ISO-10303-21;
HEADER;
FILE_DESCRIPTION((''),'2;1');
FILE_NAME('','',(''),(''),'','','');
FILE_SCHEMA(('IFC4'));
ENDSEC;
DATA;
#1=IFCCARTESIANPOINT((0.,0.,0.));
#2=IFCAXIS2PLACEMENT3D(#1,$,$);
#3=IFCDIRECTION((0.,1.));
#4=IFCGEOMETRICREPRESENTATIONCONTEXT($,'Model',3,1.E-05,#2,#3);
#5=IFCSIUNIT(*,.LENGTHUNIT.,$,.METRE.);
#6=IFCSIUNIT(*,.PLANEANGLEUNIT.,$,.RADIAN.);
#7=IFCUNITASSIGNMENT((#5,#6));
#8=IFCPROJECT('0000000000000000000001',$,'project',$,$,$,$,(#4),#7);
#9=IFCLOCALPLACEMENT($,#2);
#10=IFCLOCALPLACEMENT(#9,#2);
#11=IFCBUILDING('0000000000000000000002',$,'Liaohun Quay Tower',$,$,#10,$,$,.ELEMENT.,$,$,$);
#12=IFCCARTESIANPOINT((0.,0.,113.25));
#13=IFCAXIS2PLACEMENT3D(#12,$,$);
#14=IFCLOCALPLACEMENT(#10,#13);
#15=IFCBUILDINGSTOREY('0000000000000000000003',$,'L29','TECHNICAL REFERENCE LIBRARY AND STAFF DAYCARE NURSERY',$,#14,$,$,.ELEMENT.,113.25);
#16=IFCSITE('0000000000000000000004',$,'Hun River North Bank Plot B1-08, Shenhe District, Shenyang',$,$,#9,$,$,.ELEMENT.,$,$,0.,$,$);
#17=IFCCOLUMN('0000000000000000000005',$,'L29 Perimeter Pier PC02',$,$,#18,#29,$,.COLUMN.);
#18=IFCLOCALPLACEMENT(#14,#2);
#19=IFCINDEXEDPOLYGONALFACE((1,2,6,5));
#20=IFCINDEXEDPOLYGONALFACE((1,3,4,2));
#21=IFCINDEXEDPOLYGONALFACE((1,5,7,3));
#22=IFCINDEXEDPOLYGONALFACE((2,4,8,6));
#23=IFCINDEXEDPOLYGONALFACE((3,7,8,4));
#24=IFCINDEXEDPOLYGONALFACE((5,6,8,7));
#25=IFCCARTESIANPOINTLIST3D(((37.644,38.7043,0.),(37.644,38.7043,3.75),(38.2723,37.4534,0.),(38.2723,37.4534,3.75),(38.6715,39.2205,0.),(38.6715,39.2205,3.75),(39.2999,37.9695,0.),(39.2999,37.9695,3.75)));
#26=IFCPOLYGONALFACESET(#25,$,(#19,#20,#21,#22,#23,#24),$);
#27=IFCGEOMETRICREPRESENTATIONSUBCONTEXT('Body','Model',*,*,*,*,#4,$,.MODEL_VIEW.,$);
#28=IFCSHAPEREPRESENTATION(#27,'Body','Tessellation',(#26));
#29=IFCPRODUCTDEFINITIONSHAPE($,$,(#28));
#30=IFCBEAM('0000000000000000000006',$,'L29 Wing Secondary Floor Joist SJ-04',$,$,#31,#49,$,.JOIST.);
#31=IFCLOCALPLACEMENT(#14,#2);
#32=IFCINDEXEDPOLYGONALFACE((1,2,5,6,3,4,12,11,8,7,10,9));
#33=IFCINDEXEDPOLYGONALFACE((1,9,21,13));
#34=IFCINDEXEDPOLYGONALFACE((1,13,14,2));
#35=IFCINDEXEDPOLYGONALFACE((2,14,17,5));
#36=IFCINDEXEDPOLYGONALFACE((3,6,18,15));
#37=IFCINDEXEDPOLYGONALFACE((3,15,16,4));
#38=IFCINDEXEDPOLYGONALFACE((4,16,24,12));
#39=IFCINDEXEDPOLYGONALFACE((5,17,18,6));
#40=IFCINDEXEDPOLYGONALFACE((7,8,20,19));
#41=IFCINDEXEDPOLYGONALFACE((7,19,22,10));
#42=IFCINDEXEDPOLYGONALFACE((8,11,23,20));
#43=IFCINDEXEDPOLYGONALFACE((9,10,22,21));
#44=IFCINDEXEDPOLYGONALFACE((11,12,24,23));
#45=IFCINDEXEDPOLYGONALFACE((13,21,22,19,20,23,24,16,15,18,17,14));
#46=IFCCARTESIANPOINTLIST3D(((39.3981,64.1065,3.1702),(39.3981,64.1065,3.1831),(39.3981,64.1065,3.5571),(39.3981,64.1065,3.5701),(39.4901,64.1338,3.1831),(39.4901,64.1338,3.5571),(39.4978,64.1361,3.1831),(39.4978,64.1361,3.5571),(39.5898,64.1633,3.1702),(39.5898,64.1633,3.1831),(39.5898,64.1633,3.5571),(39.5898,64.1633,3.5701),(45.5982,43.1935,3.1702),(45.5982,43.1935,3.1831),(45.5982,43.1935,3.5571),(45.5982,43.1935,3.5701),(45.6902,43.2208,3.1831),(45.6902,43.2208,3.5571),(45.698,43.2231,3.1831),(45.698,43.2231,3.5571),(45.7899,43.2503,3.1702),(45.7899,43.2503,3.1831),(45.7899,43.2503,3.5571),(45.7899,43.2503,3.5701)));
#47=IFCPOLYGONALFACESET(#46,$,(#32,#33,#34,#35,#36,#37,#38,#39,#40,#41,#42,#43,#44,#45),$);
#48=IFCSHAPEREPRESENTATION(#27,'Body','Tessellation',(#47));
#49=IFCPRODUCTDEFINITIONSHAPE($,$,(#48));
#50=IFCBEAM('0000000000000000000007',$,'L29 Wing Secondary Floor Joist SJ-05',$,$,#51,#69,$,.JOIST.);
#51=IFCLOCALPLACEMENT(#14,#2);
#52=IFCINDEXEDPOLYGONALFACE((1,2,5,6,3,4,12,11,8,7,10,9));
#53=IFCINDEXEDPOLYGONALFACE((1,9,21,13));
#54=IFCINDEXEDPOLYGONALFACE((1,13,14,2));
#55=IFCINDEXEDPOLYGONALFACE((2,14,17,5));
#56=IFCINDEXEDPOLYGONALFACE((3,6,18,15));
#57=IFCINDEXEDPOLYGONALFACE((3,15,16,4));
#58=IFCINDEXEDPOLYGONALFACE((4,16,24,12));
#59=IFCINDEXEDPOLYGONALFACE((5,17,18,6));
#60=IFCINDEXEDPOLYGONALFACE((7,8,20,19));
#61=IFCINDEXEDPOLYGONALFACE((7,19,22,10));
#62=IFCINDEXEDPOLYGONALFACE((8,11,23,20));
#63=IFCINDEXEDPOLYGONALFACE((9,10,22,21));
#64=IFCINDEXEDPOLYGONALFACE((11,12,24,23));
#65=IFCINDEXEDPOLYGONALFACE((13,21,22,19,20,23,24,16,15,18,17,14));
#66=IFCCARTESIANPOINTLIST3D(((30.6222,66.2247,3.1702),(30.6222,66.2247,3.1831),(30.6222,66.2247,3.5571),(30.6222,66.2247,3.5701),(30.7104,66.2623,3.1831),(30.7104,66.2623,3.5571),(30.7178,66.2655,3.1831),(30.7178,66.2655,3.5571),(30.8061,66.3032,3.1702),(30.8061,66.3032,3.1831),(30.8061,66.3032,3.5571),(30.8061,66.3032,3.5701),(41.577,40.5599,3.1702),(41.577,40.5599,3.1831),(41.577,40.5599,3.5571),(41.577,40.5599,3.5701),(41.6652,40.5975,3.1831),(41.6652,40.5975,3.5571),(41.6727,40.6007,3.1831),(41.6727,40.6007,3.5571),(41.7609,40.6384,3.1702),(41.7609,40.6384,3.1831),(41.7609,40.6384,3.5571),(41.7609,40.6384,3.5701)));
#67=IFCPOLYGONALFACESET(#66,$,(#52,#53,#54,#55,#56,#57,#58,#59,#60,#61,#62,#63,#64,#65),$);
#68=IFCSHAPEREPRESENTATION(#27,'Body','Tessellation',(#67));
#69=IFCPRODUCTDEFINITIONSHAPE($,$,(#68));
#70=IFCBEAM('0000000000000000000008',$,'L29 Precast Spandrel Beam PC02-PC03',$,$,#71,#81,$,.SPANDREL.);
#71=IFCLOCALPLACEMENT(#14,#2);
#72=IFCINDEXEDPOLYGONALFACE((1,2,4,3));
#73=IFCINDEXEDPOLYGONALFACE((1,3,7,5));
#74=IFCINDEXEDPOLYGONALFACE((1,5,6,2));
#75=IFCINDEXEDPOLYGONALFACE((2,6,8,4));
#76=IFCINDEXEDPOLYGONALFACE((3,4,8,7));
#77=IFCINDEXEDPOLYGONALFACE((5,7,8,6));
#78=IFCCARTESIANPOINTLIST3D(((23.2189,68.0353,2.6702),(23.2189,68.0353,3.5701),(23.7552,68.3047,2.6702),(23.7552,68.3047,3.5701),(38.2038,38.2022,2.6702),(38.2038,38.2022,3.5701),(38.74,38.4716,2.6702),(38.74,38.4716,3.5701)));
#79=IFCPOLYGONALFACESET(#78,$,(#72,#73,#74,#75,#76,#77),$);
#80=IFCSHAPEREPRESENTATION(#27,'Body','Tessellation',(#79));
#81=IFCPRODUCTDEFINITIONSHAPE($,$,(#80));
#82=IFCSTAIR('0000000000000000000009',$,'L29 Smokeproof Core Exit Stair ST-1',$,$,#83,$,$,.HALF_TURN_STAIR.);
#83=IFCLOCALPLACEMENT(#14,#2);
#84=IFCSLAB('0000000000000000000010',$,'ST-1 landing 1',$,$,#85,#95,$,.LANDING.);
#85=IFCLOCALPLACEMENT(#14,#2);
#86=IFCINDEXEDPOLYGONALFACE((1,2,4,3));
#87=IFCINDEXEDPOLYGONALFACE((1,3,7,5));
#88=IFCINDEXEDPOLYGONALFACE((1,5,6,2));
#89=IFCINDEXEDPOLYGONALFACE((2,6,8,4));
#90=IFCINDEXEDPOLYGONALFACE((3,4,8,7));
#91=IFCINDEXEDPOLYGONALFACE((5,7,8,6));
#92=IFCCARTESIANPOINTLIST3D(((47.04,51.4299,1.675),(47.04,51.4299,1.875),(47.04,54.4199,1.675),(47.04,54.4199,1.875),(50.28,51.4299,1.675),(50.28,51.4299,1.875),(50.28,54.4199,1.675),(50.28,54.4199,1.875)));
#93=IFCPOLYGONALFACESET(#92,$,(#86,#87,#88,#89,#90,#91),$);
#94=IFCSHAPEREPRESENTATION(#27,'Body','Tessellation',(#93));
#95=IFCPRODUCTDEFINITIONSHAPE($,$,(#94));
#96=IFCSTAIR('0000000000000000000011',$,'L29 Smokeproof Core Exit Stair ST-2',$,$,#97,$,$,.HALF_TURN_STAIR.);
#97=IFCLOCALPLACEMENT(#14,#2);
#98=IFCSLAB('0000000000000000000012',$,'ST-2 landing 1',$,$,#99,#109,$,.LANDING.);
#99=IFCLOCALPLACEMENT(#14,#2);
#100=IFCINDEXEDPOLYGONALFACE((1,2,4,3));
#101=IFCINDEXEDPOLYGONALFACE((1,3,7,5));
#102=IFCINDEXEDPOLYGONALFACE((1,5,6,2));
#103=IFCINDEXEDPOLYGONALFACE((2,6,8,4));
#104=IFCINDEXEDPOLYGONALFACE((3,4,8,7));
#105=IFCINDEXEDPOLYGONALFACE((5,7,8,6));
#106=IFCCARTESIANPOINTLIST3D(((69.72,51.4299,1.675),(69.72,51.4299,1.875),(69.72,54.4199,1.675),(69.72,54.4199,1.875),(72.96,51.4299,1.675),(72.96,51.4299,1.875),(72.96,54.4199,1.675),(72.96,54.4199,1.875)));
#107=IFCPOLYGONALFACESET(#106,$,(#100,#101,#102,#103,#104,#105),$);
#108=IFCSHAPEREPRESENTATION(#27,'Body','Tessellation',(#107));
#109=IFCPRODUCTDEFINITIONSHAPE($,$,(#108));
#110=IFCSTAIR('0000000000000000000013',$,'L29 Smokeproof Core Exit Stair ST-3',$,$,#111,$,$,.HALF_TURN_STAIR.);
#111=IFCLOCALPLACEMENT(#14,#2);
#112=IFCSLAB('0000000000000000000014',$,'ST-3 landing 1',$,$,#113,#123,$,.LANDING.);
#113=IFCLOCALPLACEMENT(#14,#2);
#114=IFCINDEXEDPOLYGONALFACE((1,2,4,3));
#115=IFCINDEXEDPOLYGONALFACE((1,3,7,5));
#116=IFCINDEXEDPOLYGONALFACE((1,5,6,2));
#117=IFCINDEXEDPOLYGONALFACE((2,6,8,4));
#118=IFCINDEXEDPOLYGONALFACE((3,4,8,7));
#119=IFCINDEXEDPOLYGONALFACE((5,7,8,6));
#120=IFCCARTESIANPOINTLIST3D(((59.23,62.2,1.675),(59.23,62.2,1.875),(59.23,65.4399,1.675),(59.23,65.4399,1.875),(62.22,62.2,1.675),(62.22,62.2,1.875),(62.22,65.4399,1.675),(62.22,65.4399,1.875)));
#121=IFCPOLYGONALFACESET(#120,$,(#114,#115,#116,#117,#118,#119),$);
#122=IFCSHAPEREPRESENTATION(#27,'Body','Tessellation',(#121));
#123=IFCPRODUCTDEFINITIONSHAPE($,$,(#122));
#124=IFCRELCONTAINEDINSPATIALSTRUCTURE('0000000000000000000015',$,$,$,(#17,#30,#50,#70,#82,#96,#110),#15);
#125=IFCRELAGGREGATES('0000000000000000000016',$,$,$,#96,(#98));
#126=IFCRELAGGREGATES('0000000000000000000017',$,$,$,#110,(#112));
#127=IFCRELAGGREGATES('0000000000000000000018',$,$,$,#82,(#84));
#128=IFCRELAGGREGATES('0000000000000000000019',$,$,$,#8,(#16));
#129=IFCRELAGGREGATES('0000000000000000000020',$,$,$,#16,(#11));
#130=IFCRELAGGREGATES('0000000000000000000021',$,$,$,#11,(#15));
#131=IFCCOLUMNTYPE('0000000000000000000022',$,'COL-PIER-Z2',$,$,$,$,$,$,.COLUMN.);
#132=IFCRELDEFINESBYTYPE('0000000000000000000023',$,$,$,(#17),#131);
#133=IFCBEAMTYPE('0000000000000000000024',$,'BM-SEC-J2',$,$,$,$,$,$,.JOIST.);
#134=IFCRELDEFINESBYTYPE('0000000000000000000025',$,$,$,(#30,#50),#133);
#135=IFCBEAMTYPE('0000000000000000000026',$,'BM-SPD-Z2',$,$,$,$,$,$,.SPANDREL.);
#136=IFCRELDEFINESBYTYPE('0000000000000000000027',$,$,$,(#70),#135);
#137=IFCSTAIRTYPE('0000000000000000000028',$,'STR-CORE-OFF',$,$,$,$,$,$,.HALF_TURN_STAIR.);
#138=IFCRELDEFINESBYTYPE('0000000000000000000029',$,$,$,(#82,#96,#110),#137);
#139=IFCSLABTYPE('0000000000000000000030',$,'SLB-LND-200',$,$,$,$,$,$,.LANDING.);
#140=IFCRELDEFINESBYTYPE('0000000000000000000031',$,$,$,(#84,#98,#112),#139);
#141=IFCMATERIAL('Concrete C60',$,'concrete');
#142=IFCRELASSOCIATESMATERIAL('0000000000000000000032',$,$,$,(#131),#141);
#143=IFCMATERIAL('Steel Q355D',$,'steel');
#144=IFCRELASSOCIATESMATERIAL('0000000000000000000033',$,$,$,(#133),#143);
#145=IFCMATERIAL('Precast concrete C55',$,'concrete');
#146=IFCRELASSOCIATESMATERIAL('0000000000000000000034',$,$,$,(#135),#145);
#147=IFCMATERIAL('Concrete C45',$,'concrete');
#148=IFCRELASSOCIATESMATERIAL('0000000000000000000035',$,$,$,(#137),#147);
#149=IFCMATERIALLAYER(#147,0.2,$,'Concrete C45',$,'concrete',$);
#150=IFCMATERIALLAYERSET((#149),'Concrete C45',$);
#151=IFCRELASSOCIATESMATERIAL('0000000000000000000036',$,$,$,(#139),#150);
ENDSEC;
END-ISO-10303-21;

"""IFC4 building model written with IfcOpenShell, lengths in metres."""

from ifc_helpers import new_model, si_unit, direction, frame, origin, origin_2d, place, context, subcontext, project, spatial, polyline, rectangle, i_section, outline, extrude, source, transform, mapped, material, layer, layer_set, material_profile, profile_set, type_object, element, aggregate, save


model = new_model("IFC4")

# Units and contexts
model_context = context("Model", 3, precision=1e-05, world=origin(), true_north=direction((0.0, 1.0)))
body_context = subcontext(model_context, "Body", "Model", "MODEL_VIEW")
ifc_project = project(units=[si_unit("LENGTHUNIT", "METRE"), si_unit("PLANEANGLEUNIT", "RADIAN")], contexts=[model_context])

# Site, building, storey
site_placement = place(None, origin())
site = spatial("IfcSite", under=ifc_project, at=site_placement, Name="Hun River North Bank Plot B1-08, Shenhe District, Shenyang", CompositionType="ELEMENT", RefElevation=0.0)
building_placement = place(site_placement, origin())
building = spatial("IfcBuilding", under=site, at=building_placement, Name="Liaohun Quay Tower", CompositionType="ELEMENT")
storey_placement = place(building_placement, frame((0.0, 0.0, 113.25)))
storey = spatial("IfcBuildingStorey", under=building, at=storey_placement, Name="L29", Description="TECHNICAL REFERENCE LIBRARY AND STAFF DAYCARE NURSERY", CompositionType="ELEMENT", Elevation=113.25)

# Column
ifc_material_1 = material(Name="Concrete C60", Category="concrete")
ifc_material_profile_1 = material_profile(ifc_material_1, rectangle(XDim=1.3999, YDim=1.1499, at=origin_2d()), Name="RC1400x1150")
ifc_profile_set_1 = profile_set([ifc_material_profile_1], Name="Concrete C60")
column_type = type_object("IfcColumnType", Name="COL-PIER-Z2", PredefinedType="COLUMN", material=ifc_profile_set_1)
shared_shape_1 = source(origin(), body_context, "Body", "SweptSolid", [
    extrude(rectangle(XDim=1.3999, YDim=1.1499, at=origin_2d()), origin(), (0.0, 0.0, 1.0), 3.75),
])
column_placement = place(storey_placement, frame((38.4719, 38.3369, 0.0), z_axis=(0.0, 0.0, 1.0), x_axis=(-0.448851, 0.893607, 0.0)))
element("IfcColumn", 1, at=column_placement, inside=storey, type_object=column_type, Name="L29 Perimeter Pier PC02", PredefinedType="COLUMN", context=body_context, shape_type="MappedRepresentation", body=[
    mapped(shared_shape_1, transform((0.0, 0.0, 0.0), x_axis=(1.0, 0.0, 0.0), y_axis=(0.0, 1.0, 0.0), z_axis=(0.0, 0.0, 1.0), scale=1.0)),
])

# Beams
ifc_material_2 = material(Name="Steel Q355D", Category="steel")
ifc_material_profile_2 = material_profile(ifc_material_2, i_section(OverallWidth=0.2, OverallDepth=0.3999, WebThickness=0.0081, FlangeThickness=0.0129, at=origin_2d()), Name="HN400x200x8x13")
ifc_profile_set_2 = profile_set([ifc_material_profile_2], Name="Steel Q355D")
beam_type_1 = type_object("IfcBeamType", Name="BM-SEC-J2", PredefinedType="JOIST", material=ifc_profile_set_2)
shared_shape_2 = source(origin(), body_context, "Body", "SweptSolid", [
    extrude(i_section(OverallWidth=0.2, OverallDepth=0.3999, WebThickness=0.0081, FlangeThickness=0.0129, at=origin_2d()), origin(), (0.0, 0.0, 1.0), 21.8127),
])
beam_1_placement = place(storey_placement, frame((45.6941, 43.2219, 3.3701), z_axis=(-0.284245, 0.958752, 0.0), x_axis=(-0.958752, -0.284245, 0.0)))
element("IfcBeam", 2, at=beam_1_placement, inside=storey, type_object=beam_type_1, Name="L29 Wing Secondary Floor Joist SJ-04", PredefinedType="JOIST", context=body_context, shape_type="MappedRepresentation", body=[
    mapped(shared_shape_2, transform((0.0, 0.0, 0.0), x_axis=(1.0, 0.0, 0.0), y_axis=(0.0, 1.0, 0.0), z_axis=(0.0, 0.0, 1.0), scale=1.0)),
])
shared_shape_3 = source(origin(), body_context, "Body", "SweptSolid", [
    extrude(i_section(OverallWidth=0.2, OverallDepth=0.3999, WebThickness=0.0081, FlangeThickness=0.0129, at=origin_2d()), origin(), (0.0, 0.0, 1.0), 27.905),
])
beam_2_placement = place(storey_placement, frame((41.6689, 40.5991, 3.3701), z_axis=(-0.392576, 0.91972, 0.0), x_axis=(-0.91972, -0.392576, 0.0)))
element("IfcBeam", 3, at=beam_2_placement, inside=storey, type_object=beam_type_1, Name="L29 Wing Secondary Floor Joist SJ-05", PredefinedType="JOIST", context=body_context, shape_type="MappedRepresentation", body=[
    mapped(shared_shape_3, transform((0.0, 0.0, 0.0), x_axis=(1.0, 0.0, 0.0), y_axis=(0.0, 1.0, 0.0), z_axis=(0.0, 0.0, 1.0), scale=1.0)),
])
ifc_material_3 = material(Name="Precast concrete C55", Category="concrete")
ifc_material_profile_3 = material_profile(ifc_material_3, rectangle(XDim=0.6001, YDim=0.8999, at=origin_2d()), Name="RC600x900")
ifc_profile_set_3 = profile_set([ifc_material_profile_3], Name="Precast concrete C55")
beam_type_2 = type_object("IfcBeamType", Name="BM-SPD-Z2", PredefinedType="SPANDREL", material=ifc_profile_set_3)
shared_shape_4 = source(origin(), body_context, "Body", "SweptSolid", [
    extrude(rectangle(XDim=0.6001, YDim=0.8999, at=origin_2d()), origin(), (0.0, 0.0, 1.0), 33.385),
])
beam_3_placement = place(storey_placement, frame((38.4719, 38.3369, 3.1201), z_axis=(-0.448851, 0.893607, 0.0), x_axis=(-0.893607, -0.448851, 0.0)))
element("IfcBeam", 4, at=beam_3_placement, inside=storey, type_object=beam_type_2, Name="L29 Precast Spandrel Beam PC02-PC03", PredefinedType="SPANDREL", context=body_context, shape_type="MappedRepresentation", body=[
    mapped(shared_shape_4, transform((0.0, 0.0, 0.0), x_axis=(1.0, 0.0, 0.0), y_axis=(0.0, 1.0, 0.0), z_axis=(0.0, 0.0, 1.0), scale=1.0)),
])

# Stairs, slabs
ifc_material_4 = material(Name="Concrete C45", Category="concrete")
stair_type = type_object("IfcStairType", Name="STR-CORE-OFF", PredefinedType="HALF_TURN_STAIR", material=ifc_material_4)
stair_1_placement = place(storey_placement, origin())
stair_1 = element("IfcStair", 5, at=stair_1_placement, inside=storey, type_object=stair_type, Name="L29 Smokeproof Core Exit Stair ST-1", PredefinedType="HALF_TURN_STAIR")
ifc_layer_1 = layer(ifc_material_4, 0.2, Name="Concrete C45", Category="concrete")
ifc_layer_set_1 = layer_set([ifc_layer_1], Name="Concrete C45")
slab_type_1 = type_object("IfcSlabType", Name="SLB-LND-200", PredefinedType="LANDING", material=ifc_layer_set_1)
slab_1_placement = place(storey_placement, frame((0.0, 0.0, 1.675)))
slab_1 = element("IfcSlab", 6, at=slab_1_placement, type_object=slab_type_1, Name="ST-1 landing 1", PredefinedType="LANDING", context=body_context, shape_type="SweptSolid", body=[
    extrude(outline(polyline([(50.28, 51.4299), (50.28, 54.4199), (47.04, 54.4199), (47.04, 51.4299), (50.28, 51.4299)])), origin(), (0.0, 0.0, 1.0), 0.2),
])
stair_2_placement = place(storey_placement, origin())
stair_2 = element("IfcStair", 7, at=stair_2_placement, inside=storey, type_object=stair_type, Name="L29 Smokeproof Core Exit Stair ST-2", PredefinedType="HALF_TURN_STAIR")
slab_2_placement = place(storey_placement, frame((0.0, 0.0, 1.675)))
slab_2 = element("IfcSlab", 8, at=slab_2_placement, type_object=slab_type_1, Name="ST-2 landing 1", PredefinedType="LANDING", context=body_context, shape_type="SweptSolid", body=[
    extrude(outline(polyline([(72.96, 51.4299), (72.96, 54.4199), (69.72, 54.4199), (69.72, 51.4299), (72.96, 51.4299)])), origin(), (0.0, 0.0, 1.0), 0.2),
])
aggregate(stair_2, [slab_2])
stair_3_placement = place(storey_placement, origin())
stair_3 = element("IfcStair", 9, at=stair_3_placement, inside=storey, type_object=stair_type, Name="L29 Smokeproof Core Exit Stair ST-3", PredefinedType="HALF_TURN_STAIR")
slab_3_placement = place(storey_placement, frame((0.0, 0.0, 1.675)))
slab_3 = element("IfcSlab", 10, at=slab_3_placement, type_object=slab_type_1, Name="ST-3 landing 1", PredefinedType="LANDING", context=body_context, shape_type="SweptSolid", body=[
    extrude(outline(polyline([(59.23, 62.2), (62.22, 62.2), (62.22, 65.4399), (59.23, 65.4399), (59.23, 62.2)])), origin(), (0.0, 0.0, 1.0), 0.2),
])
aggregate(stair_3, [slab_3])

aggregate(stair_1, [slab_1])

save(model, "model.ifc")
